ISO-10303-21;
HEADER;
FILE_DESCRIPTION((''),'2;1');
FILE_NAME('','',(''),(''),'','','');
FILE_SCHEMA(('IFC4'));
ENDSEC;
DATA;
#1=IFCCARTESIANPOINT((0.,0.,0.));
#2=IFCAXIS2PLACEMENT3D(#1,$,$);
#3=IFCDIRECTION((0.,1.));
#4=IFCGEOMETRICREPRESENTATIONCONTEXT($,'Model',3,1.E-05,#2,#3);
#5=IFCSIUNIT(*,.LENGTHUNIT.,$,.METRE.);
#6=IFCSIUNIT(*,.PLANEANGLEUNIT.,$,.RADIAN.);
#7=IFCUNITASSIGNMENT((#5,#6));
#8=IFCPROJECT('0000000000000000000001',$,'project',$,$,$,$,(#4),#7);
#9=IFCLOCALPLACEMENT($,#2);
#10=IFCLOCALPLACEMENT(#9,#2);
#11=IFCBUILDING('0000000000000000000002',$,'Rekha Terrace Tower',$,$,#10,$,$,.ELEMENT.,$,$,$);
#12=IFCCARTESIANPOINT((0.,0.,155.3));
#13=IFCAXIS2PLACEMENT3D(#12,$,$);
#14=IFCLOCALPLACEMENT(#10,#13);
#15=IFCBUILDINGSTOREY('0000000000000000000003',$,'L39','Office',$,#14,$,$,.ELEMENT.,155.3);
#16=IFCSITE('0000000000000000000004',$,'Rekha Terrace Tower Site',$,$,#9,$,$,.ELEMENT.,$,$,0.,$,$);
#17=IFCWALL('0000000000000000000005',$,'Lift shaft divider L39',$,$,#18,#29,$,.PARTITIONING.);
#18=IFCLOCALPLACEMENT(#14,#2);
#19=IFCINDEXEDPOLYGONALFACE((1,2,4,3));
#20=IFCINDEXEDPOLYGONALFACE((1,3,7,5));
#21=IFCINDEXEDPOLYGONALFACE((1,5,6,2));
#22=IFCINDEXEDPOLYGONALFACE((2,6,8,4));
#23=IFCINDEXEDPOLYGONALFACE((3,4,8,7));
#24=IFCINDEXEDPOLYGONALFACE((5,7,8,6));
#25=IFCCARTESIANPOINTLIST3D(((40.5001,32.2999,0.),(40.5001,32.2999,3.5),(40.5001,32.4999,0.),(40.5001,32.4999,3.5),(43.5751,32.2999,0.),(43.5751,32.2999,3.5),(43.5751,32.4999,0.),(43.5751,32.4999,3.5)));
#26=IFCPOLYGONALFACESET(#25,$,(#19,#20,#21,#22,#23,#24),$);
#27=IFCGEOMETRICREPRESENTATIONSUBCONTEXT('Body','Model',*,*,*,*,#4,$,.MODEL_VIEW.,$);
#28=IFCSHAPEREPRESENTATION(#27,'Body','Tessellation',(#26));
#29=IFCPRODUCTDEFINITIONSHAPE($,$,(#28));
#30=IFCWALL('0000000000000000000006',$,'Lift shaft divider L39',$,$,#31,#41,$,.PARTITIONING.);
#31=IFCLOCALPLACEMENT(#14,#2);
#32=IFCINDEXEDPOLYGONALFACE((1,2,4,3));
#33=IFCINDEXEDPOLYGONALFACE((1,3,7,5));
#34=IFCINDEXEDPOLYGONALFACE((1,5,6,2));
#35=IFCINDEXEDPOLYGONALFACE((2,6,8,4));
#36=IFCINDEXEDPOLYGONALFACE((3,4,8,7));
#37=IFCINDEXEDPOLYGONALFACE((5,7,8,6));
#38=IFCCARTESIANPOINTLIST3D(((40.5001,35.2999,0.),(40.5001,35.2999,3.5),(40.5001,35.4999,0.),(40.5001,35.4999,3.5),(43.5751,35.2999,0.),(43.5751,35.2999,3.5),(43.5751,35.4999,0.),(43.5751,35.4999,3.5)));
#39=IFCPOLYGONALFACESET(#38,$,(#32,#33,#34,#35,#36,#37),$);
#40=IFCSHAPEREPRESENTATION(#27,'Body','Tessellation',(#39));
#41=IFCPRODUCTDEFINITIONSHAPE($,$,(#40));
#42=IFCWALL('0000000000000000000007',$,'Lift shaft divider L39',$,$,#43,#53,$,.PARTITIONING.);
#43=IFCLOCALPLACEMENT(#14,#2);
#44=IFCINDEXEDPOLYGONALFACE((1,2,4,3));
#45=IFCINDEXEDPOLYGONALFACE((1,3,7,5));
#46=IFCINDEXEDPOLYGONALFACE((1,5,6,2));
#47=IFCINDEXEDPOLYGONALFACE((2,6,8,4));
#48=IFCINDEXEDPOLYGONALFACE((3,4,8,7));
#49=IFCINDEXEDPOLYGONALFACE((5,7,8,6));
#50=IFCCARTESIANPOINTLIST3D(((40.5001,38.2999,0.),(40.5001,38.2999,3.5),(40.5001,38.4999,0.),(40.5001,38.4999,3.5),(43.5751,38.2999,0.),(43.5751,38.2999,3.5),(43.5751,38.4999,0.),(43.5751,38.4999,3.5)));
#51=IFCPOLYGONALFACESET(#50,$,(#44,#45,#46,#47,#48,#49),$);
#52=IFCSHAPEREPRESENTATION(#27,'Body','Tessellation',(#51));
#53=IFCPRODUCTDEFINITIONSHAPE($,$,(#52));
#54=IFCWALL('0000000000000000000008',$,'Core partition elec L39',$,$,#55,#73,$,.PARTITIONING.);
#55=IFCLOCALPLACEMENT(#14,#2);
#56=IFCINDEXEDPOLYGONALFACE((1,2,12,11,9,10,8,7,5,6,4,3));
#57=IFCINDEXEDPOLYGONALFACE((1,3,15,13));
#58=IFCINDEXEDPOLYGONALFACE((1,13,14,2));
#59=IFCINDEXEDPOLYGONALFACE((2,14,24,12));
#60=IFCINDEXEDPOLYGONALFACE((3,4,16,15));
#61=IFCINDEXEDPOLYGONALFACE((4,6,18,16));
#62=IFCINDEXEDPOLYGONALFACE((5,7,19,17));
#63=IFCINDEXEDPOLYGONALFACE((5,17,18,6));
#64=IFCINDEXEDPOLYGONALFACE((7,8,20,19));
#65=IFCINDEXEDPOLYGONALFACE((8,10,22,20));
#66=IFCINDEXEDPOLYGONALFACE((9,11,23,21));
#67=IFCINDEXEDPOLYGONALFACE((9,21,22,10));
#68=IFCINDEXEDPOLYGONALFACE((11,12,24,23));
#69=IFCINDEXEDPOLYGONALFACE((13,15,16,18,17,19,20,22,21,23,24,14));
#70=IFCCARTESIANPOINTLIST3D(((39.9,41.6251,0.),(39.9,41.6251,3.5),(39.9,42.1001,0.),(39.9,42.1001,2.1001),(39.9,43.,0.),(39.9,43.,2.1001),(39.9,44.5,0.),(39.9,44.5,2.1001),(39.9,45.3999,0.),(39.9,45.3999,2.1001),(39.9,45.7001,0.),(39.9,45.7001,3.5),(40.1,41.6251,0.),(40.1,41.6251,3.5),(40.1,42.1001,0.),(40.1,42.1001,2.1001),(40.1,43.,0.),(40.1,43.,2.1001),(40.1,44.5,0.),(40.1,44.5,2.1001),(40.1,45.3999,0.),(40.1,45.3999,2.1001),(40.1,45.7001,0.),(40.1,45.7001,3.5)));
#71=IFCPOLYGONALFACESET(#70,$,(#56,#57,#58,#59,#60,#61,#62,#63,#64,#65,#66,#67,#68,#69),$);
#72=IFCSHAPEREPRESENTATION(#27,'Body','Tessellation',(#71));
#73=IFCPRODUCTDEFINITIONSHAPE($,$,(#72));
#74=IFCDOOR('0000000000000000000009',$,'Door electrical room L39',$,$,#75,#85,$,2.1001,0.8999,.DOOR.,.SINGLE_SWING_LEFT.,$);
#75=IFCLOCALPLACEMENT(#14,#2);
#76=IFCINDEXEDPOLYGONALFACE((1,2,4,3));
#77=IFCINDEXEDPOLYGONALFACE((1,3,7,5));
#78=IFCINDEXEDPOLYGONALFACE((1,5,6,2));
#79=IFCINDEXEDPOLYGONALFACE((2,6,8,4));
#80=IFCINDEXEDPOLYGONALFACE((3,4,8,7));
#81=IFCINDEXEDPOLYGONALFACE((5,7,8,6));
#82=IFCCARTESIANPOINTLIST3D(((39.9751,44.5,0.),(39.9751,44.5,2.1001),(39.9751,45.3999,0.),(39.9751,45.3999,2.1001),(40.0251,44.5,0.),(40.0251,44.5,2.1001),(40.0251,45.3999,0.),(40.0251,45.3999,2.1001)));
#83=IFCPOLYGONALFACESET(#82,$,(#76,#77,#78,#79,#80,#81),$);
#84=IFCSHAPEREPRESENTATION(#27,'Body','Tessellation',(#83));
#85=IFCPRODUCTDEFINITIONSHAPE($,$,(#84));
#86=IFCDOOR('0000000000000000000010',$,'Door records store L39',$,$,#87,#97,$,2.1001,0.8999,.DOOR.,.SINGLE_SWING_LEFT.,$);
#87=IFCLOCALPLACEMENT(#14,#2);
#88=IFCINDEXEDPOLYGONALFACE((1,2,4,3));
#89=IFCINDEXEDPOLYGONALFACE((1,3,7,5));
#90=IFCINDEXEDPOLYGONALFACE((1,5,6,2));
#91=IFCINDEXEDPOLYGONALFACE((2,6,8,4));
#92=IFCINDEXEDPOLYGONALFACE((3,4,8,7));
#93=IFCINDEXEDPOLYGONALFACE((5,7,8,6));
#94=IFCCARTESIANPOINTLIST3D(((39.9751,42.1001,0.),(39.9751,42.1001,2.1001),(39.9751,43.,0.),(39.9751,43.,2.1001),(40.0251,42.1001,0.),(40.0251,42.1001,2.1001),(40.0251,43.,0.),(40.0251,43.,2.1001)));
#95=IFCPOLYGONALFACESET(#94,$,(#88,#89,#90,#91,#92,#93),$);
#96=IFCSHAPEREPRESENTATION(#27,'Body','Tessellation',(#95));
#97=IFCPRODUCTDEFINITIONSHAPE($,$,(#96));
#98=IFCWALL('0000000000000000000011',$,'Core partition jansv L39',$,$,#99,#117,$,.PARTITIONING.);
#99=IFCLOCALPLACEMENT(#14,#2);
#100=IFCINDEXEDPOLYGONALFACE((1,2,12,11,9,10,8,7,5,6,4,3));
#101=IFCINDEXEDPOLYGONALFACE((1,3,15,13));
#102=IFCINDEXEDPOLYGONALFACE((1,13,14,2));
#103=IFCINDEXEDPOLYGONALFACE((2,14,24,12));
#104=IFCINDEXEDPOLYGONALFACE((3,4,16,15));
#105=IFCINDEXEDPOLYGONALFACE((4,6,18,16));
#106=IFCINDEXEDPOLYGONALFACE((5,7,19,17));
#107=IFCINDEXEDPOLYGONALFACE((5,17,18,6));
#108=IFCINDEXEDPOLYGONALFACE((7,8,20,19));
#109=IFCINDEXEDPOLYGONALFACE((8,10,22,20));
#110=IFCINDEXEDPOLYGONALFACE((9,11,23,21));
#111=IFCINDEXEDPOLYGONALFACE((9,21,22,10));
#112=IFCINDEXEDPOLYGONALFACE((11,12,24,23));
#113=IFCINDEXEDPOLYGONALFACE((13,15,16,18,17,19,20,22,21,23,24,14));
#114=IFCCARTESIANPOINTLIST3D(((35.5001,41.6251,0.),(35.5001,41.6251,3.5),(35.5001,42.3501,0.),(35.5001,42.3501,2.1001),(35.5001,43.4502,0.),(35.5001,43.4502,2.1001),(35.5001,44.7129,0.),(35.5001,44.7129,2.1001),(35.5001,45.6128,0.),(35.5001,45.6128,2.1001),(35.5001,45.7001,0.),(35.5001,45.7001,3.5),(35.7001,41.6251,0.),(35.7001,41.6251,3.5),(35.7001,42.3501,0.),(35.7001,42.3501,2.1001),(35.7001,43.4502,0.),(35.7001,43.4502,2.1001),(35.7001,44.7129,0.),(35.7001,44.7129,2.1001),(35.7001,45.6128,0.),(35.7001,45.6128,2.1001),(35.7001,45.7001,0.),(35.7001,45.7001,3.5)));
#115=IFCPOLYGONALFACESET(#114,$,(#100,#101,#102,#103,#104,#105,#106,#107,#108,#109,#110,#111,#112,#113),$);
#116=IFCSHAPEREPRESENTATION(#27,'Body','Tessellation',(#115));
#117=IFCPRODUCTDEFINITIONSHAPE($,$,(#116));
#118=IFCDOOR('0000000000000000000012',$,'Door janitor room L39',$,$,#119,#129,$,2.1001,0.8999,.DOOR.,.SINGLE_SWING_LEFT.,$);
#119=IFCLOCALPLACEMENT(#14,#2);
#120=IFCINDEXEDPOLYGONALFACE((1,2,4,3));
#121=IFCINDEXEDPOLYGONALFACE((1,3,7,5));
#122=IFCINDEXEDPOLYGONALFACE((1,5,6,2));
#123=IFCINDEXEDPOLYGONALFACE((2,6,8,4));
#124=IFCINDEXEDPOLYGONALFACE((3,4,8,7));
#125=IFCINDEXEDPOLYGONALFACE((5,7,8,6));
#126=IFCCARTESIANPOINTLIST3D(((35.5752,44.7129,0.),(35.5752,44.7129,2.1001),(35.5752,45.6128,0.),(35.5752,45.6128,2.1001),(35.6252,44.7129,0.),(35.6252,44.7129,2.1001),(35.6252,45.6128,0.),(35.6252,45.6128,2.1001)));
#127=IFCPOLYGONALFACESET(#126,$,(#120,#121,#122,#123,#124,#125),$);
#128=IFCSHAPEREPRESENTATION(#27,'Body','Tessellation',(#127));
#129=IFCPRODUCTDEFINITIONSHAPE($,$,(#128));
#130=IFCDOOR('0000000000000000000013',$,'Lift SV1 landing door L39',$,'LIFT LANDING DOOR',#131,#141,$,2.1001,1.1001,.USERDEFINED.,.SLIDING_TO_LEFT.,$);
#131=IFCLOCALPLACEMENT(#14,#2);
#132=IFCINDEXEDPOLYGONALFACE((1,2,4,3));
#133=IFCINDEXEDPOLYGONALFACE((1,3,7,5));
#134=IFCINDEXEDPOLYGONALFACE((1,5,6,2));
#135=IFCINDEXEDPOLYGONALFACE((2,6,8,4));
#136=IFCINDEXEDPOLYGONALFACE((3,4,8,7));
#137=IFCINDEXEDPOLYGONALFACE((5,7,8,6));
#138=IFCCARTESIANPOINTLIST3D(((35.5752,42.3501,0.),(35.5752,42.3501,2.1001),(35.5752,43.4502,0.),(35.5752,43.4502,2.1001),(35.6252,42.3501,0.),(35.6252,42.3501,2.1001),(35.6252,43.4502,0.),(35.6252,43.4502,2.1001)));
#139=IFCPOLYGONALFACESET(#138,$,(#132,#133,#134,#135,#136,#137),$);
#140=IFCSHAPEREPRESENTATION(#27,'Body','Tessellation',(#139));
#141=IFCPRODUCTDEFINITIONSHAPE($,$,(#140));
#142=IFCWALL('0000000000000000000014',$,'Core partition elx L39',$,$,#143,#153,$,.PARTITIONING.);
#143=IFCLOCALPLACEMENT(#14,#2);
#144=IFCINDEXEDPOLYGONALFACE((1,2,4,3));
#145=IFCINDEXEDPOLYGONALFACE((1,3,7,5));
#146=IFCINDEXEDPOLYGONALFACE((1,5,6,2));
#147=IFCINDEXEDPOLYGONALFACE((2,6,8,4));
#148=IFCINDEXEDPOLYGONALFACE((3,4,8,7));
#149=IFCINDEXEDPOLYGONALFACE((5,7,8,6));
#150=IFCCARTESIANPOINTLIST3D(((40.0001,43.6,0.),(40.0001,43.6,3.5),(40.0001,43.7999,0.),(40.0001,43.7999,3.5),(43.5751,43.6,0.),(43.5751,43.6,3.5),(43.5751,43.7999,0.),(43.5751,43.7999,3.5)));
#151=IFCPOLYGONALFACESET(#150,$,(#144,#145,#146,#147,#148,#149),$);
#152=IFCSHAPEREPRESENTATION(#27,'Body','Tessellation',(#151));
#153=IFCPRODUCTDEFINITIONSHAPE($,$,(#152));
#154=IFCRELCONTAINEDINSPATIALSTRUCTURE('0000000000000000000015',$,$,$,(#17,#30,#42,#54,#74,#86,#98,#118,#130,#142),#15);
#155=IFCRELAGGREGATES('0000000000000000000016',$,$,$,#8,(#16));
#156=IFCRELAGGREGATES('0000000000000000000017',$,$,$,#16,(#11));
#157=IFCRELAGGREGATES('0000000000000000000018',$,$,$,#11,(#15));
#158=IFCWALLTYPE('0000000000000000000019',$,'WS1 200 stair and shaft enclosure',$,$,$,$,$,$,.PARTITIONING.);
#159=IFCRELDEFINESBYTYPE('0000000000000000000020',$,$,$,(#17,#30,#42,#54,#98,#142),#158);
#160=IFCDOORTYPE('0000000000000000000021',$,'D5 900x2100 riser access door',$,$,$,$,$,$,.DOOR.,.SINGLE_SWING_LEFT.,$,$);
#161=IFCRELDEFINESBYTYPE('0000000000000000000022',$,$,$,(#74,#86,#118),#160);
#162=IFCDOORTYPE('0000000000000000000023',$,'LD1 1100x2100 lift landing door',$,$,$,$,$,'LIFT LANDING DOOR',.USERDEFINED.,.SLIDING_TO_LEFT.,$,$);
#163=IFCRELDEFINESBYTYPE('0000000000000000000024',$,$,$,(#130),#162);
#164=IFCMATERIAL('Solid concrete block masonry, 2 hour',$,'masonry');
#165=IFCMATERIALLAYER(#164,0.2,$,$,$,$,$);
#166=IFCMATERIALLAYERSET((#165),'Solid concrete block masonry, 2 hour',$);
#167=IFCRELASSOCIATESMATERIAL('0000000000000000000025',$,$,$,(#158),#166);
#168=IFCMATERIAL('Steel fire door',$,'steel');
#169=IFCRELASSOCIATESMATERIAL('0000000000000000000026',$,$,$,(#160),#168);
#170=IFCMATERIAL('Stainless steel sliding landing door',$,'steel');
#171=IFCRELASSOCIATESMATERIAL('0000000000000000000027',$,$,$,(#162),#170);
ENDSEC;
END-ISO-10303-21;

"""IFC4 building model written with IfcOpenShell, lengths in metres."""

from ifc_helpers import new_model, si_unit, direction, frame, frame_2d, origin, place, context, subcontext, project, spatial, rectangle, extrude, material, layer, layer_set, type_object, element, fill, save


model = new_model("IFC4")

# Units and contexts
model_context = context("Model", 3, precision=1e-05, world=origin(), true_north=direction((0.0, 1.0)))
body_context = subcontext(model_context, "Body", "Model", "MODEL_VIEW")
ifc_project = project(units=[si_unit("LENGTHUNIT", "METRE"), si_unit("PLANEANGLEUNIT", "RADIAN")], contexts=[model_context])

# Site, building, storey
site_placement = place(None, origin())
site = spatial("IfcSite", under=ifc_project, at=site_placement, Name="Rekha Terrace Tower Site", CompositionType="ELEMENT", RefElevation=0.0)
building_placement = place(site_placement, origin())
building = spatial("IfcBuilding", under=site, at=building_placement, Name="Rekha Terrace Tower", CompositionType="ELEMENT")
storey_placement = place(building_placement, frame((0.0, 0.0, 155.3)))
storey = spatial("IfcBuildingStorey", under=building, at=storey_placement, Name="L39", Description="Office", CompositionType="ELEMENT", Elevation=155.3)

# Shared definitions
ifc_material_1 = material(Name="Stainless steel sliding landing door", Category="steel")
ifc_material_2 = material(Name="Steel fire door", Category="steel")

# Walls
ifc_material_3 = material(Name="Solid concrete block masonry, 2 hour", Category="masonry")
ifc_layer_1 = layer(ifc_material_3, 0.2)
ifc_layer_set_1 = layer_set([ifc_layer_1], Name="Solid concrete block masonry, 2 hour")
wall_type_1 = type_object("IfcWallType", Name="WS1 200 stair and shaft enclosure", PredefinedType="PARTITIONING", material=ifc_layer_set_1)
for number, where, z_axis, x_axis, name in (
    (1, (40.5, 32.3999, 0.0), (0.0, 0.0, 1.0), (1.0, 0.0, 0.0), "Lift shaft divider L39"),
    (2, (40.5, 35.3999, 0.0), (0.0, 0.0, 1.0), (1.0, 0.0, 0.0), "Lift shaft divider L39"),
    (3, (40.5, 38.3999, 0.0), (0.0, 0.0, 1.0), (1.0, 0.0, 0.0), "Lift shaft divider L39"),
):
    element("IfcWall", number, at=place(storey_placement, frame(where, z_axis=z_axis, x_axis=x_axis)), inside=storey, type_object=wall_type_1, Name=name, PredefinedType="PARTITIONING", context=body_context, shape_type="SweptSolid", body=[
        extrude(rectangle(XDim=3.075, YDim=0.2, at=frame_2d((1.5376, 0.0))), origin(), (0.0, 0.0, 1.0), 3.5),
    ])

# Walls, openings, doors
wall_1_placement = place(storey_placement, frame((40.0, 41.625, 0.0), z_axis=(0.0, 0.0, 1.0), x_axis=(0.0, 1.0, 0.0)))
wall_1 = element("IfcWall", 4, at=wall_1_placement, inside=storey, type_object=wall_type_1, Name="Core partition elec L39", PredefinedType="PARTITIONING", context=body_context, shape_type="SweptSolid", body=[
    extrude(rectangle(XDim=4.075, YDim=0.2, at=frame_2d((2.0376, 0.0))), origin(), (0.0, 0.0, 1.0), 3.5),
])
opening_1_placement = place(wall_1_placement, frame((2.875, 0.0, 0.0)))
opening_1 = element("IfcOpeningElement", 5, at=opening_1_placement, cuts=wall_1, PredefinedType="OPENING", context=body_context, shape_type="SweptSolid", body=[
    extrude(rectangle(XDim=0.8999, YDim=2.1001, at=frame_2d((0.45, 1.05))), frame((0.0, 0.1099, 0.0), z_axis=(0.0, -1.0, 0.0), x_axis=(1.0, 0.0, 0.0)), (0.0, 0.0, 1.0), 0.22),
])
opening_2_placement = place(wall_1_placement, frame((0.4751, 0.0, 0.0)))
opening_2 = element("IfcOpeningElement", 6, at=opening_2_placement, cuts=wall_1, PredefinedType="OPENING", context=body_context, shape_type="SweptSolid", body=[
    extrude(rectangle(XDim=0.8999, YDim=2.1001, at=frame_2d((0.45, 1.05))), frame((0.0, 0.1099, 0.0), z_axis=(0.0, -1.0, 0.0), x_axis=(1.0, 0.0, 0.0)), (0.0, 0.0, 1.0), 0.22),
])
door_type_1 = type_object("IfcDoorType", Name="D5 900x2100 riser access door", OperationType="SINGLE_SWING_LEFT", PredefinedType="DOOR", material=ifc_material_2)
door_1_placement = place(opening_1_placement, origin())
door_1 = element("IfcDoor", 7, at=door_1_placement, inside=storey, type_object=door_type_1, Name="Door electrical room L39", OperationType="SINGLE_SWING_LEFT", OverallHeight=2.1001, OverallWidth=0.8999, PredefinedType="DOOR", context=body_context, shape_type="SweptSolid", body=[
    extrude(rectangle(XDim=0.8999, YDim=2.1001, at=frame_2d((0.45, 1.05))), frame((0.0, 0.0249, 0.0), z_axis=(0.0, -1.0, 0.0), x_axis=(1.0, 0.0, 0.0)), (0.0, 0.0, 1.0), 0.05),
])
fill(opening_1, door_1)
door_2_placement = place(opening_2_placement, origin())
door_2 = element("IfcDoor", 8, at=door_2_placement, inside=storey, type_object=door_type_1, Name="Door records store L39", OperationType="SINGLE_SWING_LEFT", OverallHeight=2.1001, OverallWidth=0.8999, PredefinedType="DOOR", context=body_context, shape_type="SweptSolid", body=[
    extrude(rectangle(XDim=0.8999, YDim=2.1001, at=frame_2d((0.45, 1.05))), frame((0.0, 0.0249, 0.0), z_axis=(0.0, -1.0, 0.0), x_axis=(1.0, 0.0, 0.0)), (0.0, 0.0, 1.0), 0.05),
])
fill(opening_2, door_2)
wall_2_placement = place(storey_placement, frame((35.6001, 41.625, 0.0), z_axis=(0.0, 0.0, 1.0), x_axis=(0.0, 1.0, 0.0)))
wall_2 = element("IfcWall", 9, at=wall_2_placement, inside=storey, type_object=wall_type_1, Name="Core partition jansv L39", PredefinedType="PARTITIONING", context=body_context, shape_type="SweptSolid", body=[
    extrude(rectangle(XDim=4.075, YDim=0.2, at=frame_2d((2.0376, 0.0))), origin(), (0.0, 0.0, 1.0), 3.5),
])
opening_3_placement = place(wall_2_placement, frame((3.0879, 0.0, 0.0)))
opening_3 = element("IfcOpeningElement", 10, at=opening_3_placement, cuts=wall_2, PredefinedType="OPENING", context=body_context, shape_type="SweptSolid", body=[
    extrude(rectangle(XDim=0.8999, YDim=2.1001, at=frame_2d((0.45, 1.05))), frame((0.0, 0.1099, 0.0), z_axis=(0.0, -1.0, 0.0), x_axis=(1.0, 0.0, 0.0)), (0.0, 0.0, 1.0), 0.22),
])
opening_4_placement = place(wall_2_placement, frame((0.7251, 0.0, 0.0)))
opening_4 = element("IfcOpeningElement", 11, at=opening_4_placement, cuts=wall_2, PredefinedType="OPENING", context=body_context, shape_type="SweptSolid", body=[
    extrude(rectangle(XDim=1.1001, YDim=2.1001, at=frame_2d((0.55, 1.05))), frame((0.0, 0.1099, 0.0), z_axis=(0.0, -1.0, 0.0), x_axis=(1.0, 0.0, 0.0)), (0.0, 0.0, 1.0), 0.22),
])
door_3_placement = place(opening_3_placement, origin())
door_3 = element("IfcDoor", 12, at=door_3_placement, inside=storey, type_object=door_type_1, Name="Door janitor room L39", OperationType="SINGLE_SWING_LEFT", OverallHeight=2.1001, OverallWidth=0.8999, PredefinedType="DOOR", context=body_context, shape_type="SweptSolid", body=[
    extrude(rectangle(XDim=0.8999, YDim=2.1001, at=frame_2d((0.45, 1.05))), frame((0.0, 0.0249, 0.0), z_axis=(0.0, -1.0, 0.0), x_axis=(1.0, 0.0, 0.0)), (0.0, 0.0, 1.0), 0.05),
])
fill(opening_3, door_3)
door_type_2 = type_object("IfcDoorType", Name="LD1 1100x2100 lift landing door", ElementType="LIFT LANDING DOOR", OperationType="SLIDING_TO_LEFT", PredefinedType="USERDEFINED", material=ifc_material_1)
door_4_placement = place(opening_4_placement, origin())
door_4 = element("IfcDoor", 13, at=door_4_placement, inside=storey, type_object=door_type_2, Name="Lift SV1 landing door L39", ObjectType="LIFT LANDING DOOR", OperationType="SLIDING_TO_LEFT", OverallHeight=2.1001, OverallWidth=1.1001, PredefinedType="USERDEFINED", context=body_context, shape_type="SweptSolid", body=[
    extrude(rectangle(XDim=1.1001, YDim=2.1001, at=frame_2d((0.55, 1.05))), frame((0.0, 0.0249, 0.0), z_axis=(0.0, -1.0, 0.0), x_axis=(1.0, 0.0, 0.0)), (0.0, 0.0, 1.0), 0.05),
])
fill(opening_4, door_4)

# Wall
wall_3_placement = place(storey_placement, frame((40.0, 43.7, 0.0), z_axis=(0.0, 0.0, 1.0), x_axis=(1.0, 0.0, 0.0)))
element("IfcWall", 14, at=wall_3_placement, inside=storey, type_object=wall_type_1, Name="Core partition elx L39", PredefinedType="PARTITIONING", context=body_context, shape_type="SweptSolid", body=[
    extrude(rectangle(XDim=3.575, YDim=0.2, at=frame_2d((1.7876, 0.0))), origin(), (0.0, 0.0, 1.0), 3.5),
])

save(model, "model.ifc")
